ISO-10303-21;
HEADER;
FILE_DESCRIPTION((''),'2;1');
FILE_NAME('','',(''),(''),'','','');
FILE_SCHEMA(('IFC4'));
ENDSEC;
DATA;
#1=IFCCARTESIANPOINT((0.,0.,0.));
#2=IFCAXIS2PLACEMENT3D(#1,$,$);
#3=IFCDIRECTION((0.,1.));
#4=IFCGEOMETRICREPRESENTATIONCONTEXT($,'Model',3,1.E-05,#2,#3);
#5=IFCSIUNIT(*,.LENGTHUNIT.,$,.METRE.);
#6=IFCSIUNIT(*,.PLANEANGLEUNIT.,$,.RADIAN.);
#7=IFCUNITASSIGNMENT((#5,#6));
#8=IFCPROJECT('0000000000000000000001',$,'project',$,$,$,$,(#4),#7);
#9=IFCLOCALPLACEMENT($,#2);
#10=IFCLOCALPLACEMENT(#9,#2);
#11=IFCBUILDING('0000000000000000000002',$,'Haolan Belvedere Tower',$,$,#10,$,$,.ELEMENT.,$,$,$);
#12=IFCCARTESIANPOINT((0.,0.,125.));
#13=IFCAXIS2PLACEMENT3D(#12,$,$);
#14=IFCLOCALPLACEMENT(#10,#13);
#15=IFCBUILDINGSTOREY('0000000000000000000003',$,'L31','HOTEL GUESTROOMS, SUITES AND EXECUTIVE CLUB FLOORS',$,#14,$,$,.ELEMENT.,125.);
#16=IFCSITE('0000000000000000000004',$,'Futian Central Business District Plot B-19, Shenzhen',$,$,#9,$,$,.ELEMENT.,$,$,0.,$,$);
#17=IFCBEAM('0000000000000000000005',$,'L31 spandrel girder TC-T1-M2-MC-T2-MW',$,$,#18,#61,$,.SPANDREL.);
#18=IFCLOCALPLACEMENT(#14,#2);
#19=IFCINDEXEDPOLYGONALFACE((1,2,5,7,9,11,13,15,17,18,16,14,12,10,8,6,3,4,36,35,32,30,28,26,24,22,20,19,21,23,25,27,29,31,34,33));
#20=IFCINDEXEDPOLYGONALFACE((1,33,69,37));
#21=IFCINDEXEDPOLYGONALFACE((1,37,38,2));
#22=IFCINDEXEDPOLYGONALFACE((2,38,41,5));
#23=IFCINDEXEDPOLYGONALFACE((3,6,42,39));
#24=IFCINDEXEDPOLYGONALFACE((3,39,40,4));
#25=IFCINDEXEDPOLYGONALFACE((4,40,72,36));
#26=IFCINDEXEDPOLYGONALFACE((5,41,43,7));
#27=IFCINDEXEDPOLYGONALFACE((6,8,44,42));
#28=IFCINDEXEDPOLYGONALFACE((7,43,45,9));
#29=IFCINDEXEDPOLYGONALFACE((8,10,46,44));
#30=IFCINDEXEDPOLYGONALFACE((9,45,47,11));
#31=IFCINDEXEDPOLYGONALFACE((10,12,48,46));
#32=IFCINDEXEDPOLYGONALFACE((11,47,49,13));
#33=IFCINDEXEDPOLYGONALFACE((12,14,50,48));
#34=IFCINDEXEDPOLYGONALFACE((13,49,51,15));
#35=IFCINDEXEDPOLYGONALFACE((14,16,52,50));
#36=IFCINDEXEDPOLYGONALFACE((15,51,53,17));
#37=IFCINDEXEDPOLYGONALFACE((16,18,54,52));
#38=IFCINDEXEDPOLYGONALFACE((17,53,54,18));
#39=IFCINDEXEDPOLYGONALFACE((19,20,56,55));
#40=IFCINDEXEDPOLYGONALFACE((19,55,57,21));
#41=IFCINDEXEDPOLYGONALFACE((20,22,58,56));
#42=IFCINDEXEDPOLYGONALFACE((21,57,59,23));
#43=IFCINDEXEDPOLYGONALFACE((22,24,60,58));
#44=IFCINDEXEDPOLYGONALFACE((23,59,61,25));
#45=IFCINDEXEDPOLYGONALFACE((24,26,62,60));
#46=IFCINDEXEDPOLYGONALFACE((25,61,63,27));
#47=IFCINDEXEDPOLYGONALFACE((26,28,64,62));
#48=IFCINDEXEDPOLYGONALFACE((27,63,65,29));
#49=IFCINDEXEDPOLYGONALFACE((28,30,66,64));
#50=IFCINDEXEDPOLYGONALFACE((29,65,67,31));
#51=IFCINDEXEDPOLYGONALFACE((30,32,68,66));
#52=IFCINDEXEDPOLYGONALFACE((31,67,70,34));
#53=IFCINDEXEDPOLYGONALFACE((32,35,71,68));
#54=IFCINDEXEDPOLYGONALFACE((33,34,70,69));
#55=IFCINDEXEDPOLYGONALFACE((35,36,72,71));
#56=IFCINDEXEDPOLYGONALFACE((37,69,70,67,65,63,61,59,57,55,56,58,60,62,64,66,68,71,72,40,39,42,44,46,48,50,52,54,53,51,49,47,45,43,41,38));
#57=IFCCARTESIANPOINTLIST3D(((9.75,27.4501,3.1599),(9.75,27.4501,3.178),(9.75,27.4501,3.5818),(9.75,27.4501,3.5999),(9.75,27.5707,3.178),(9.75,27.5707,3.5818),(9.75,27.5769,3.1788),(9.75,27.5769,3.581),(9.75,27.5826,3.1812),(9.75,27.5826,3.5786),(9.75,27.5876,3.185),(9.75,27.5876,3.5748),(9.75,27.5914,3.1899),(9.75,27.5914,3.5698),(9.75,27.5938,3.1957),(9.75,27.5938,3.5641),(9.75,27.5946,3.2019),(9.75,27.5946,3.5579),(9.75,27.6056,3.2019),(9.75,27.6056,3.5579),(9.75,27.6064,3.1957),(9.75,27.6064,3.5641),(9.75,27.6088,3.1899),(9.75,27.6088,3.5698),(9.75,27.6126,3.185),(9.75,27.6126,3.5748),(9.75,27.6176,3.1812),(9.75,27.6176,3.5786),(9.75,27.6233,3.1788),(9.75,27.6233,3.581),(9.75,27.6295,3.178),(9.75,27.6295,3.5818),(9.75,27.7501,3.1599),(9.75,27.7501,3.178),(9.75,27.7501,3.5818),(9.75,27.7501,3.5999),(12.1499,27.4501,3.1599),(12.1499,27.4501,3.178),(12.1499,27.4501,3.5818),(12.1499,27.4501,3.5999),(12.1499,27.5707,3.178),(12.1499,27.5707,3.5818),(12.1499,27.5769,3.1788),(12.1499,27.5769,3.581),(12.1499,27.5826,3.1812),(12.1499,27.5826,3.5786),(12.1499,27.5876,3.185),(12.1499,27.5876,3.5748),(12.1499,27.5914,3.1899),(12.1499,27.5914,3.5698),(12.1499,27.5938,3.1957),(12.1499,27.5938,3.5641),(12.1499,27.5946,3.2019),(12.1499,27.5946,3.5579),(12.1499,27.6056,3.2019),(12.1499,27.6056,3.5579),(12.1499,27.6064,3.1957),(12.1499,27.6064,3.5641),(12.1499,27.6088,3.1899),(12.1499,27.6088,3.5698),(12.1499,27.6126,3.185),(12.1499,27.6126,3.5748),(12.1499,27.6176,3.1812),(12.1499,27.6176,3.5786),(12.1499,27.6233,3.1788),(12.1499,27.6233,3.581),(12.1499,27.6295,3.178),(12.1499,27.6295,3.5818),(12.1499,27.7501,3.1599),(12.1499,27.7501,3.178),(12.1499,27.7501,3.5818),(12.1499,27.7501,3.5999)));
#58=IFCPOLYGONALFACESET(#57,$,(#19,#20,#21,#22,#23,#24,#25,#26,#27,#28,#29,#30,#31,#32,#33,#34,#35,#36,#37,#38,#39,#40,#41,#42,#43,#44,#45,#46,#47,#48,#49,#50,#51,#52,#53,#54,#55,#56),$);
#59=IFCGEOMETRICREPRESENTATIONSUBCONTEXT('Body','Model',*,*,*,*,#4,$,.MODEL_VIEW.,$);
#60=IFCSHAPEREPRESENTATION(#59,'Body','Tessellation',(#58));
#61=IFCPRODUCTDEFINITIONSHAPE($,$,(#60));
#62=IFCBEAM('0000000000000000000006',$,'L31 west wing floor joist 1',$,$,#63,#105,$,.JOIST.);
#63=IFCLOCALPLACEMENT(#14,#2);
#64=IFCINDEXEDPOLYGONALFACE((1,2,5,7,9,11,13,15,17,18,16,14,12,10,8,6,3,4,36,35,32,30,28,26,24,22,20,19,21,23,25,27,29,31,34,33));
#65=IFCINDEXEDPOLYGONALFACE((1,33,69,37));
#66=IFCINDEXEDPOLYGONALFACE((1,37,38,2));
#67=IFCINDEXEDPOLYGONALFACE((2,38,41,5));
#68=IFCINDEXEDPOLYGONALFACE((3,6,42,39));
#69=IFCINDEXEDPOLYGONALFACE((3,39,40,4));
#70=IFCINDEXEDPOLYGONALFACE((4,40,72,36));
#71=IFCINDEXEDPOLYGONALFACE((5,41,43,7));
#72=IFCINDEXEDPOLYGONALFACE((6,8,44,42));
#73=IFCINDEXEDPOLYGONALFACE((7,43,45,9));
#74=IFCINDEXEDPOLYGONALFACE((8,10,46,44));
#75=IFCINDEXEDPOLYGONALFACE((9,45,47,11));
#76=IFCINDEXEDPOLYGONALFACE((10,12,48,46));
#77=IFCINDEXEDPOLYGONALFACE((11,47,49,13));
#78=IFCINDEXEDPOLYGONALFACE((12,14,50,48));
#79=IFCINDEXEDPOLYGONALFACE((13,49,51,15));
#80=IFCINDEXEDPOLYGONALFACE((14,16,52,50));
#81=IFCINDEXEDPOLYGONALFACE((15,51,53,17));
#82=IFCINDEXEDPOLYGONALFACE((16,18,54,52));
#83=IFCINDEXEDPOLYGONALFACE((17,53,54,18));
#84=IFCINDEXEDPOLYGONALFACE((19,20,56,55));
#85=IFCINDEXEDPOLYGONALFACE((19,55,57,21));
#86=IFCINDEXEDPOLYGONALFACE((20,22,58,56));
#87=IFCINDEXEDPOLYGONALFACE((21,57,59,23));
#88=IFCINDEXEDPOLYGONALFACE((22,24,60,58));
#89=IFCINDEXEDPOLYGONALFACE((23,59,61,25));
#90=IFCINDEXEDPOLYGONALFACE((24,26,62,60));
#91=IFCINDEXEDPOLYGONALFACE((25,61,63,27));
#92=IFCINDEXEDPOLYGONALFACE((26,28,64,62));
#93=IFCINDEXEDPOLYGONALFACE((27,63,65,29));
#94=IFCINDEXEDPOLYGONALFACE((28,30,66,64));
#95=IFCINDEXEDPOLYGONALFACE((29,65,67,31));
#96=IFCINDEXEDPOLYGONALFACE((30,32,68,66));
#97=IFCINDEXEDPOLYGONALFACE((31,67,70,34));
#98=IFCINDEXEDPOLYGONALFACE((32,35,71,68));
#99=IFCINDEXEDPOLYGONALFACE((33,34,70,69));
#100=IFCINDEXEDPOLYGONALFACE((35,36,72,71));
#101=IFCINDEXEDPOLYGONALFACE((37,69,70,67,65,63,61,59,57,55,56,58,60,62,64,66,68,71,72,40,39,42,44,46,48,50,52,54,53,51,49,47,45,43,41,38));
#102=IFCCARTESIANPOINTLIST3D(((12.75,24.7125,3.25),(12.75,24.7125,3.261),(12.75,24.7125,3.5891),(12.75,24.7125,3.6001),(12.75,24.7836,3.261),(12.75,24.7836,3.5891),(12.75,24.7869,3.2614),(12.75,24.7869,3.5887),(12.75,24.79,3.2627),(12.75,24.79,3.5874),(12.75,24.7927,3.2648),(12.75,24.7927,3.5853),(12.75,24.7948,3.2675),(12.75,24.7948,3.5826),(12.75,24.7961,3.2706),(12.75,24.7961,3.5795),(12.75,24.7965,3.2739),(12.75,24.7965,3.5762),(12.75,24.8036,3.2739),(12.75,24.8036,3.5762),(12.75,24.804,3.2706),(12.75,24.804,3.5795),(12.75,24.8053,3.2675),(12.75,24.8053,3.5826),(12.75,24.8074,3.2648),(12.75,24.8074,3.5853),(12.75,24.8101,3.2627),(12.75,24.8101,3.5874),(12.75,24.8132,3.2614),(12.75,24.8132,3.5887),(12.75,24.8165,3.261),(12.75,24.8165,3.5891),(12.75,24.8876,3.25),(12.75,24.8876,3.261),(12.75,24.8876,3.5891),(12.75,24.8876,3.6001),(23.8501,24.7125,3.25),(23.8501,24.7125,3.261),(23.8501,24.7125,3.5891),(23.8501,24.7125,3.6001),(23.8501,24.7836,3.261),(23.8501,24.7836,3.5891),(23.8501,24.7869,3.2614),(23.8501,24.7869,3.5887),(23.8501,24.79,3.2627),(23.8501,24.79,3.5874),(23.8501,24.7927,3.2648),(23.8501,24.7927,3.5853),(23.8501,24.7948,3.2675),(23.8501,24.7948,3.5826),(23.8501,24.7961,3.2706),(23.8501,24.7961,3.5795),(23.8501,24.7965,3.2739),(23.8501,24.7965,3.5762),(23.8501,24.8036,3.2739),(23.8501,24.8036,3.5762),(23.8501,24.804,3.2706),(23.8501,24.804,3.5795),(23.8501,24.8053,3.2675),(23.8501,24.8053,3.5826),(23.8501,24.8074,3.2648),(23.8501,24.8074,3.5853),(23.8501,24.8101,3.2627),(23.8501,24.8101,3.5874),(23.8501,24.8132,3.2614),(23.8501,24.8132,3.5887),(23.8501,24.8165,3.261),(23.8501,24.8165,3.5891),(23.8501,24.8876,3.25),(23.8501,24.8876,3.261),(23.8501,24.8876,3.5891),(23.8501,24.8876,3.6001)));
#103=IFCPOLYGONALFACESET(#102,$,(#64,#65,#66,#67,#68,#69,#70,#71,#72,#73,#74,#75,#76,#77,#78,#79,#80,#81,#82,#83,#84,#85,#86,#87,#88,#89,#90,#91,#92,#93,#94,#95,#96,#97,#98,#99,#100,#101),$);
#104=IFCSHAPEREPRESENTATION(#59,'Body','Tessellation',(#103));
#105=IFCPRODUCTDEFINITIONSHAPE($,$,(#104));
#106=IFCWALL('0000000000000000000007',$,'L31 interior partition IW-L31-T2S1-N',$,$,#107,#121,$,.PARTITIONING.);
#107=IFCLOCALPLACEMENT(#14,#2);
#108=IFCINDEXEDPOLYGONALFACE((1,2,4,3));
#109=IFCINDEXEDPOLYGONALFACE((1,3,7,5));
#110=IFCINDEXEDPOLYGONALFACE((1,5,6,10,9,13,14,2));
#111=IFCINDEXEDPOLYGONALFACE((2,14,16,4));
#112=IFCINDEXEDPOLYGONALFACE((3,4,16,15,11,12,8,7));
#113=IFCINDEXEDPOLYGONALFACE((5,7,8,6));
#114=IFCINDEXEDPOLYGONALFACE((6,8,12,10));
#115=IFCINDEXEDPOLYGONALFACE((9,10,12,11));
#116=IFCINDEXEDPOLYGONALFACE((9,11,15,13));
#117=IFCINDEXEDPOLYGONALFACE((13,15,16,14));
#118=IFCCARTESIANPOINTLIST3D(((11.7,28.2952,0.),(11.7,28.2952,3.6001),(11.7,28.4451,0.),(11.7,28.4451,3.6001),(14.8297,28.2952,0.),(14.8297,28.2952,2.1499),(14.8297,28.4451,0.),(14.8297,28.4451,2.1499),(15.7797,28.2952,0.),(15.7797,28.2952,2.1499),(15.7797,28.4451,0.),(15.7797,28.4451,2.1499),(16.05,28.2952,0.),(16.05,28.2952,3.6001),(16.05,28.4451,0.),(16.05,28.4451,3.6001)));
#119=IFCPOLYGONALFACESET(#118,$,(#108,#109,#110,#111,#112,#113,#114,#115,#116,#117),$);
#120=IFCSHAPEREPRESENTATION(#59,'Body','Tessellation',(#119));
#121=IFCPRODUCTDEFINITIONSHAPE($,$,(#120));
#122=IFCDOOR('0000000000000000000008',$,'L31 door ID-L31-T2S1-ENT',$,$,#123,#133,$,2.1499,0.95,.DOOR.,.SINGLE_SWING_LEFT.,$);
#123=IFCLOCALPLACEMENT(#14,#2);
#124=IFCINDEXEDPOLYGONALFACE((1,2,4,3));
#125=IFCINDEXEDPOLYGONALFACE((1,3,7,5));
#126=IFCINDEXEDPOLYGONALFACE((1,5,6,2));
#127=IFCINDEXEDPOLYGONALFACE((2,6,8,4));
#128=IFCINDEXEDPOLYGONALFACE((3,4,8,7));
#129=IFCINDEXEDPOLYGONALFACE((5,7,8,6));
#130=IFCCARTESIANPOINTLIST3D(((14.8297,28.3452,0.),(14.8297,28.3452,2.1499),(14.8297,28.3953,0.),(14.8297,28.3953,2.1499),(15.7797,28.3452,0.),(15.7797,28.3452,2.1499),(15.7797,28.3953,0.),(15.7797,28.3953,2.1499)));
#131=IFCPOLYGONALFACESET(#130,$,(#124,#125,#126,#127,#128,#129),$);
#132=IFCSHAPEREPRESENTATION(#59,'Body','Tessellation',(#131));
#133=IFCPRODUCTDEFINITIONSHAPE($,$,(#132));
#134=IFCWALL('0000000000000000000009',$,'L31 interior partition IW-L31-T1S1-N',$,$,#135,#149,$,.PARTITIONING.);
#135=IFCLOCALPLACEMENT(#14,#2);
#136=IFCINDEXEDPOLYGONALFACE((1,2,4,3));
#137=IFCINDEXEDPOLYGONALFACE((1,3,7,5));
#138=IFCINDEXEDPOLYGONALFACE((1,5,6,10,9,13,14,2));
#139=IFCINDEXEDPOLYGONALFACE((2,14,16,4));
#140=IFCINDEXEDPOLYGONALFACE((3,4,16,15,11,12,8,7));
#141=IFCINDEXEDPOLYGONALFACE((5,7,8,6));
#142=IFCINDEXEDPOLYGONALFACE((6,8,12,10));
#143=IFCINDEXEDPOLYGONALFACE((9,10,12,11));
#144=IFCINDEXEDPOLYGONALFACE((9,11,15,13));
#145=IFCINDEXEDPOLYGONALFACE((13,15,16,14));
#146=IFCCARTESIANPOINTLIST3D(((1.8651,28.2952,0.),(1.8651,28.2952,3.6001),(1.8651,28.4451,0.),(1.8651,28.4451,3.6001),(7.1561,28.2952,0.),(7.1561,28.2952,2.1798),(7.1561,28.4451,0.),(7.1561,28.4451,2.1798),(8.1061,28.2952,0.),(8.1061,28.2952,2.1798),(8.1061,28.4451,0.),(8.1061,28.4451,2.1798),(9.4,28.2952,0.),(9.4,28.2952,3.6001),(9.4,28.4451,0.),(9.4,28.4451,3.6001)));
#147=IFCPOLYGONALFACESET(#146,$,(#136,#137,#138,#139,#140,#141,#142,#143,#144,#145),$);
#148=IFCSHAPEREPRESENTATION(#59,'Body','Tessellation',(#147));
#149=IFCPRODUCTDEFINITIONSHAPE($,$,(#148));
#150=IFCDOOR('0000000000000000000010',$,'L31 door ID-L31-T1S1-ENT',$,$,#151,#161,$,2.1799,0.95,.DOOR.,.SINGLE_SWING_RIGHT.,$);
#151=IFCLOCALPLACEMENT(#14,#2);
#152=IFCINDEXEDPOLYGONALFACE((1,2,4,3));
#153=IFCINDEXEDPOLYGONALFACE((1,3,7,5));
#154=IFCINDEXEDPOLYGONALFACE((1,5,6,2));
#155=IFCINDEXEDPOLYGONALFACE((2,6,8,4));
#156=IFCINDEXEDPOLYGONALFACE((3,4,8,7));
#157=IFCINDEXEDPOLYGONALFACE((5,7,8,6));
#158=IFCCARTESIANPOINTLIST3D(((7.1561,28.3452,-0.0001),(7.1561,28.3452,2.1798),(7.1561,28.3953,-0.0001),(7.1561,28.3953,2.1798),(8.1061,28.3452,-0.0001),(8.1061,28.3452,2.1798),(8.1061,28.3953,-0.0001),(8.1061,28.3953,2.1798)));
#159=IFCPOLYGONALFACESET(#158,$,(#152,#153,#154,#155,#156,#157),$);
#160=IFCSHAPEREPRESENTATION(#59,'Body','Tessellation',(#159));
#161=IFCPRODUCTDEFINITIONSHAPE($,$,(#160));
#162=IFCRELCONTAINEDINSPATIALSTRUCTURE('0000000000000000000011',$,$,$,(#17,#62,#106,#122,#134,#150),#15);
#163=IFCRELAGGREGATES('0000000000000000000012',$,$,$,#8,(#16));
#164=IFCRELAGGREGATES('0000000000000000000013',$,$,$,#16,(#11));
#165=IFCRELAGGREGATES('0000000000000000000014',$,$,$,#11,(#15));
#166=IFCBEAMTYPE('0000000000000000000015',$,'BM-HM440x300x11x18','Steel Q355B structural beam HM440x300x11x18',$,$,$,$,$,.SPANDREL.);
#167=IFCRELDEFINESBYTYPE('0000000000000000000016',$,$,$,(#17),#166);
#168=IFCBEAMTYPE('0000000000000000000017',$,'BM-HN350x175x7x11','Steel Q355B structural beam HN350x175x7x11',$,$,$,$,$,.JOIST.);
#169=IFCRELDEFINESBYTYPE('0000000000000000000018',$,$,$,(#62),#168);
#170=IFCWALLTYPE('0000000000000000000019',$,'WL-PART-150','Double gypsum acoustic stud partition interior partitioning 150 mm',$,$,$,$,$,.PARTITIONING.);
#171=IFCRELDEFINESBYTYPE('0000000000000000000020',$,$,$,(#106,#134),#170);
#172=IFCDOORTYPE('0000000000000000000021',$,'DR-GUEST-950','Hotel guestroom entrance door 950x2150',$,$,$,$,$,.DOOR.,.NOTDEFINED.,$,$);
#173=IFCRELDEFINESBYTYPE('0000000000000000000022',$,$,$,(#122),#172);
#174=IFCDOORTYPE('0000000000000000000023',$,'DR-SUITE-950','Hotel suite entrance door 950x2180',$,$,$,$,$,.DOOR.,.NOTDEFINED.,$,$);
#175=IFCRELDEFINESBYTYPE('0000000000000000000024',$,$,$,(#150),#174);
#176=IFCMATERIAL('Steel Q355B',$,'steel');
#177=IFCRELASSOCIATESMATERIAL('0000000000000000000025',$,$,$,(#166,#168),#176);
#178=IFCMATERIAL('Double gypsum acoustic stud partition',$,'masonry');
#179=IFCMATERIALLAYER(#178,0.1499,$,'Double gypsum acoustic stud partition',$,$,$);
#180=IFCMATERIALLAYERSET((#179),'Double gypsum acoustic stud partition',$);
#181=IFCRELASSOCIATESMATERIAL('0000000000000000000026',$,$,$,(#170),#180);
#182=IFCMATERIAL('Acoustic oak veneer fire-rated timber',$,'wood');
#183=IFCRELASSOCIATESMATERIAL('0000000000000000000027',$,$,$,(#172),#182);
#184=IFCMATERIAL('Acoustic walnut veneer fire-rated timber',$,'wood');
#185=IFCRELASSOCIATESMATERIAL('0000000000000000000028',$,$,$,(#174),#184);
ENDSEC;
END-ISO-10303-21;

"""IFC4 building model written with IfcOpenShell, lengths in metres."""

from ifc_helpers import new_model, si_unit, direction, frame, frame_2d, origin, origin_2d, place, context, subcontext, project, spatial, rectangle, i_section, extrude, material, layer, layer_set, material_profile, profile_set, type_object, element, fill, save


model = new_model("IFC4")

# Units and contexts
model_context = context("Model", 3, precision=1e-05, world=origin(), true_north=direction((0.0, 1.0)))
body_context = subcontext(model_context, "Body", "Model", "MODEL_VIEW")
ifc_project = project(units=[si_unit("LENGTHUNIT", "METRE"), si_unit("PLANEANGLEUNIT", "RADIAN")], contexts=[model_context])

# Site, building, storey
site_placement = place(None, origin())
site = spatial("IfcSite", under=ifc_project, at=site_placement, Name="Futian Central Business District Plot B-19, Shenzhen", CompositionType="ELEMENT", RefElevation=0.0)
building_placement = place(site_placement, origin())
building = spatial("IfcBuilding", under=site, at=building_placement, Name="Haolan Belvedere Tower", CompositionType="ELEMENT")
storey_placement = place(building_placement, frame((0.0, 0.0, 125.0)))
storey = spatial("IfcBuildingStorey", under=building, at=storey_placement, Name="L31", Description="HOTEL GUESTROOMS, SUITES AND EXECUTIVE CLUB FLOORS", CompositionType="ELEMENT", Elevation=125.0)

# Beams
ifc_material_1 = material(Name="Steel Q355B", Category="steel")
ifc_material_profile_1 = material_profile(ifc_material_1, i_section(OverallWidth=0.3, OverallDepth=0.4399, WebThickness=0.011, FlangeThickness=0.0181, FilletRadius=0.0239, at=origin_2d()), Name="Steel Q355B")
ifc_profile_set_1 = profile_set([ifc_material_profile_1], Name="Steel Q355B")
beam_type_1 = type_object("IfcBeamType", Name="BM-HM440x300x11x18", Description="Steel Q355B structural beam HM440x300x11x18", PredefinedType="SPANDREL", material=ifc_profile_set_1)
beam_1_placement = place(storey_placement, frame((9.75, 27.6001, 3.3799), z_axis=(1.0, 0.0, 0.0), x_axis=(0.0, 1.0, 0.0)))
element("IfcBeam", 1, at=beam_1_placement, inside=storey, type_object=beam_type_1, Name="L31 spandrel girder TC-T1-M2-MC-T2-MW", PredefinedType="SPANDREL", context=body_context, shape_type="SweptSolid", body=[
    extrude(i_section(OverallWidth=0.3, OverallDepth=0.4399, WebThickness=0.011, FlangeThickness=0.0181, FilletRadius=0.0239, at=origin_2d()), origin(), (0.0, 0.0, 1.0), 2.3999),
])
ifc_material_profile_2 = material_profile(ifc_material_1, i_section(OverallWidth=0.175, OverallDepth=0.3501, WebThickness=0.0071, FlangeThickness=0.011, FilletRadius=0.0129, at=origin_2d()), Name="Steel Q355B")
ifc_profile_set_2 = profile_set([ifc_material_profile_2], Name="Steel Q355B")
beam_type_2 = type_object("IfcBeamType", Name="BM-HN350x175x7x11", Description="Steel Q355B structural beam HN350x175x7x11", PredefinedType="JOIST", material=ifc_profile_set_2)
beam_2_placement = place(storey_placement, frame((12.75, 24.8, 3.425), z_axis=(1.0, 0.0, 0.0), x_axis=(0.0, 1.0, 0.0)))
element("IfcBeam", 2, at=beam_2_placement, inside=storey, type_object=beam_type_2, Name="L31 west wing floor joist 1", PredefinedType="JOIST", context=body_context, shape_type="SweptSolid", body=[
    extrude(i_section(OverallWidth=0.175, OverallDepth=0.3501, WebThickness=0.0071, FlangeThickness=0.011, FilletRadius=0.0129, at=origin_2d()), origin(), (0.0, 0.0, 1.0), 11.1001),
])

# Walls, openings, doors
ifc_material_2 = material(Name="Double gypsum acoustic stud partition", Category="masonry")
ifc_layer_1 = layer(ifc_material_2, 0.1499, Name="Double gypsum acoustic stud partition")
ifc_layer_set_1 = layer_set([ifc_layer_1], Name="Double gypsum acoustic stud partition")
wall_type_1 = type_object("IfcWallType", Name="WL-PART-150", Description="Double gypsum acoustic stud partition interior partitioning 150 mm", PredefinedType="PARTITIONING", material=ifc_layer_set_1)
wall_1_placement = place(storey_placement, frame((11.7, 28.3701, 0.0), z_axis=(0.0, 0.0, 1.0), x_axis=(1.0, 0.0, 0.0)))
wall_1 = element("IfcWall", 3, at=wall_1_placement, inside=storey, type_object=wall_type_1, Name="L31 interior partition IW-L31-T2S1-N", PredefinedType="PARTITIONING", context=body_context, shape_type="SweptSolid", body=[
    extrude(rectangle(XDim=4.3501, YDim=0.1499, at=frame_2d((2.175, 0.0))), origin(), (0.0, 0.0, 1.0), 3.6001),
])
opening_1_placement = place(wall_1_placement, frame((4.0798, 0.0, 0.0), z_axis=(0.0, 0.0, 1.0), x_axis=(-1.0, 0.0, 0.0)))
opening_1 = element("IfcOpeningElement", 4, at=opening_1_placement, cuts=wall_1, PredefinedType="OPENING", context=body_context, shape_type="SweptSolid", body=[
    extrude(rectangle(XDim=0.95, YDim=2.1499, at=frame_2d((0.4751, 1.075))), frame((0.0, 0.085, 0.0), z_axis=(0.0, -1.0, 0.0), x_axis=(1.0, 0.0, 0.0)), (0.0, 0.0, 1.0), 0.1699),
])
ifc_material_3 = material(Name="Acoustic oak veneer fire-rated timber", Category="wood")
door_type_1 = type_object("IfcDoorType", Name="DR-GUEST-950", Description="Hotel guestroom entrance door 950x2150", OperationType="NOTDEFINED", PredefinedType="DOOR", material=ifc_material_3)
door_1_placement = place(opening_1_placement, origin())
door_1 = element("IfcDoor", 5, at=door_1_placement, inside=storey, type_object=door_type_1, Name="L31 door ID-L31-T2S1-ENT", OperationType="SINGLE_SWING_LEFT", OverallHeight=2.1499, OverallWidth=0.95, PredefinedType="DOOR", context=body_context, shape_type="SweptSolid", body=[
    extrude(rectangle(XDim=0.95, YDim=2.1499, at=frame_2d((0.4751, 1.075))), frame((0.0, 0.0249, 0.0), z_axis=(0.0, -1.0, 0.0), x_axis=(1.0, 0.0, 0.0)), (0.0, 0.0, 1.0), 0.05),
])
fill(opening_1, door_1)
wall_2_placement = place(storey_placement, frame((1.865, 28.3701, 0.0), z_axis=(0.0, 0.0, 1.0), x_axis=(1.0, 0.0, 0.0)))
wall_2 = element("IfcWall", 6, at=wall_2_placement, inside=storey, type_object=wall_type_1, Name="L31 interior partition IW-L31-T1S1-N", PredefinedType="PARTITIONING", context=body_context, shape_type="SweptSolid", body=[
    extrude(rectangle(XDim=7.5349, YDim=0.1499, at=frame_2d((3.7676, 0.0))), origin(), (0.0, 0.0, 1.0), 3.6001),
])
opening_2_placement = place(wall_2_placement, frame((6.2412, 0.0, 0.0), z_axis=(0.0, 0.0, 1.0), x_axis=(-1.0, 0.0, 0.0)))
opening_2 = element("IfcOpeningElement", 7, at=opening_2_placement, cuts=wall_2, PredefinedType="OPENING", context=body_context, shape_type="SweptSolid", body=[
    extrude(rectangle(XDim=0.95, YDim=2.1799, at=frame_2d((0.4751, 1.0898))), frame((0.0, 0.085, 0.0), z_axis=(0.0, -1.0, 0.0), x_axis=(1.0, 0.0, 0.0)), (0.0, 0.0, 1.0), 0.1699),
])
ifc_material_4 = material(Name="Acoustic walnut veneer fire-rated timber", Category="wood")
door_type_2 = type_object("IfcDoorType", Name="DR-SUITE-950", Description="Hotel suite entrance door 950x2180", OperationType="NOTDEFINED", PredefinedType="DOOR", material=ifc_material_4)
door_2_placement = place(opening_2_placement, origin())
door_2 = element("IfcDoor", 8, at=door_2_placement, inside=storey, type_object=door_type_2, Name="L31 door ID-L31-T1S1-ENT", OperationType="SINGLE_SWING_RIGHT", OverallHeight=2.1799, OverallWidth=0.95, PredefinedType="DOOR", context=body_context, shape_type="SweptSolid", body=[
    extrude(rectangle(XDim=0.95, YDim=2.1799, at=frame_2d((0.4751, 1.0898))), frame((0.0, 0.0249, 0.0), z_axis=(0.0, -1.0, 0.0), x_axis=(1.0, 0.0, 0.0)), (0.0, 0.0, 1.0), 0.05),
])
fill(opening_2, door_2)

save(model, "model.ifc")
